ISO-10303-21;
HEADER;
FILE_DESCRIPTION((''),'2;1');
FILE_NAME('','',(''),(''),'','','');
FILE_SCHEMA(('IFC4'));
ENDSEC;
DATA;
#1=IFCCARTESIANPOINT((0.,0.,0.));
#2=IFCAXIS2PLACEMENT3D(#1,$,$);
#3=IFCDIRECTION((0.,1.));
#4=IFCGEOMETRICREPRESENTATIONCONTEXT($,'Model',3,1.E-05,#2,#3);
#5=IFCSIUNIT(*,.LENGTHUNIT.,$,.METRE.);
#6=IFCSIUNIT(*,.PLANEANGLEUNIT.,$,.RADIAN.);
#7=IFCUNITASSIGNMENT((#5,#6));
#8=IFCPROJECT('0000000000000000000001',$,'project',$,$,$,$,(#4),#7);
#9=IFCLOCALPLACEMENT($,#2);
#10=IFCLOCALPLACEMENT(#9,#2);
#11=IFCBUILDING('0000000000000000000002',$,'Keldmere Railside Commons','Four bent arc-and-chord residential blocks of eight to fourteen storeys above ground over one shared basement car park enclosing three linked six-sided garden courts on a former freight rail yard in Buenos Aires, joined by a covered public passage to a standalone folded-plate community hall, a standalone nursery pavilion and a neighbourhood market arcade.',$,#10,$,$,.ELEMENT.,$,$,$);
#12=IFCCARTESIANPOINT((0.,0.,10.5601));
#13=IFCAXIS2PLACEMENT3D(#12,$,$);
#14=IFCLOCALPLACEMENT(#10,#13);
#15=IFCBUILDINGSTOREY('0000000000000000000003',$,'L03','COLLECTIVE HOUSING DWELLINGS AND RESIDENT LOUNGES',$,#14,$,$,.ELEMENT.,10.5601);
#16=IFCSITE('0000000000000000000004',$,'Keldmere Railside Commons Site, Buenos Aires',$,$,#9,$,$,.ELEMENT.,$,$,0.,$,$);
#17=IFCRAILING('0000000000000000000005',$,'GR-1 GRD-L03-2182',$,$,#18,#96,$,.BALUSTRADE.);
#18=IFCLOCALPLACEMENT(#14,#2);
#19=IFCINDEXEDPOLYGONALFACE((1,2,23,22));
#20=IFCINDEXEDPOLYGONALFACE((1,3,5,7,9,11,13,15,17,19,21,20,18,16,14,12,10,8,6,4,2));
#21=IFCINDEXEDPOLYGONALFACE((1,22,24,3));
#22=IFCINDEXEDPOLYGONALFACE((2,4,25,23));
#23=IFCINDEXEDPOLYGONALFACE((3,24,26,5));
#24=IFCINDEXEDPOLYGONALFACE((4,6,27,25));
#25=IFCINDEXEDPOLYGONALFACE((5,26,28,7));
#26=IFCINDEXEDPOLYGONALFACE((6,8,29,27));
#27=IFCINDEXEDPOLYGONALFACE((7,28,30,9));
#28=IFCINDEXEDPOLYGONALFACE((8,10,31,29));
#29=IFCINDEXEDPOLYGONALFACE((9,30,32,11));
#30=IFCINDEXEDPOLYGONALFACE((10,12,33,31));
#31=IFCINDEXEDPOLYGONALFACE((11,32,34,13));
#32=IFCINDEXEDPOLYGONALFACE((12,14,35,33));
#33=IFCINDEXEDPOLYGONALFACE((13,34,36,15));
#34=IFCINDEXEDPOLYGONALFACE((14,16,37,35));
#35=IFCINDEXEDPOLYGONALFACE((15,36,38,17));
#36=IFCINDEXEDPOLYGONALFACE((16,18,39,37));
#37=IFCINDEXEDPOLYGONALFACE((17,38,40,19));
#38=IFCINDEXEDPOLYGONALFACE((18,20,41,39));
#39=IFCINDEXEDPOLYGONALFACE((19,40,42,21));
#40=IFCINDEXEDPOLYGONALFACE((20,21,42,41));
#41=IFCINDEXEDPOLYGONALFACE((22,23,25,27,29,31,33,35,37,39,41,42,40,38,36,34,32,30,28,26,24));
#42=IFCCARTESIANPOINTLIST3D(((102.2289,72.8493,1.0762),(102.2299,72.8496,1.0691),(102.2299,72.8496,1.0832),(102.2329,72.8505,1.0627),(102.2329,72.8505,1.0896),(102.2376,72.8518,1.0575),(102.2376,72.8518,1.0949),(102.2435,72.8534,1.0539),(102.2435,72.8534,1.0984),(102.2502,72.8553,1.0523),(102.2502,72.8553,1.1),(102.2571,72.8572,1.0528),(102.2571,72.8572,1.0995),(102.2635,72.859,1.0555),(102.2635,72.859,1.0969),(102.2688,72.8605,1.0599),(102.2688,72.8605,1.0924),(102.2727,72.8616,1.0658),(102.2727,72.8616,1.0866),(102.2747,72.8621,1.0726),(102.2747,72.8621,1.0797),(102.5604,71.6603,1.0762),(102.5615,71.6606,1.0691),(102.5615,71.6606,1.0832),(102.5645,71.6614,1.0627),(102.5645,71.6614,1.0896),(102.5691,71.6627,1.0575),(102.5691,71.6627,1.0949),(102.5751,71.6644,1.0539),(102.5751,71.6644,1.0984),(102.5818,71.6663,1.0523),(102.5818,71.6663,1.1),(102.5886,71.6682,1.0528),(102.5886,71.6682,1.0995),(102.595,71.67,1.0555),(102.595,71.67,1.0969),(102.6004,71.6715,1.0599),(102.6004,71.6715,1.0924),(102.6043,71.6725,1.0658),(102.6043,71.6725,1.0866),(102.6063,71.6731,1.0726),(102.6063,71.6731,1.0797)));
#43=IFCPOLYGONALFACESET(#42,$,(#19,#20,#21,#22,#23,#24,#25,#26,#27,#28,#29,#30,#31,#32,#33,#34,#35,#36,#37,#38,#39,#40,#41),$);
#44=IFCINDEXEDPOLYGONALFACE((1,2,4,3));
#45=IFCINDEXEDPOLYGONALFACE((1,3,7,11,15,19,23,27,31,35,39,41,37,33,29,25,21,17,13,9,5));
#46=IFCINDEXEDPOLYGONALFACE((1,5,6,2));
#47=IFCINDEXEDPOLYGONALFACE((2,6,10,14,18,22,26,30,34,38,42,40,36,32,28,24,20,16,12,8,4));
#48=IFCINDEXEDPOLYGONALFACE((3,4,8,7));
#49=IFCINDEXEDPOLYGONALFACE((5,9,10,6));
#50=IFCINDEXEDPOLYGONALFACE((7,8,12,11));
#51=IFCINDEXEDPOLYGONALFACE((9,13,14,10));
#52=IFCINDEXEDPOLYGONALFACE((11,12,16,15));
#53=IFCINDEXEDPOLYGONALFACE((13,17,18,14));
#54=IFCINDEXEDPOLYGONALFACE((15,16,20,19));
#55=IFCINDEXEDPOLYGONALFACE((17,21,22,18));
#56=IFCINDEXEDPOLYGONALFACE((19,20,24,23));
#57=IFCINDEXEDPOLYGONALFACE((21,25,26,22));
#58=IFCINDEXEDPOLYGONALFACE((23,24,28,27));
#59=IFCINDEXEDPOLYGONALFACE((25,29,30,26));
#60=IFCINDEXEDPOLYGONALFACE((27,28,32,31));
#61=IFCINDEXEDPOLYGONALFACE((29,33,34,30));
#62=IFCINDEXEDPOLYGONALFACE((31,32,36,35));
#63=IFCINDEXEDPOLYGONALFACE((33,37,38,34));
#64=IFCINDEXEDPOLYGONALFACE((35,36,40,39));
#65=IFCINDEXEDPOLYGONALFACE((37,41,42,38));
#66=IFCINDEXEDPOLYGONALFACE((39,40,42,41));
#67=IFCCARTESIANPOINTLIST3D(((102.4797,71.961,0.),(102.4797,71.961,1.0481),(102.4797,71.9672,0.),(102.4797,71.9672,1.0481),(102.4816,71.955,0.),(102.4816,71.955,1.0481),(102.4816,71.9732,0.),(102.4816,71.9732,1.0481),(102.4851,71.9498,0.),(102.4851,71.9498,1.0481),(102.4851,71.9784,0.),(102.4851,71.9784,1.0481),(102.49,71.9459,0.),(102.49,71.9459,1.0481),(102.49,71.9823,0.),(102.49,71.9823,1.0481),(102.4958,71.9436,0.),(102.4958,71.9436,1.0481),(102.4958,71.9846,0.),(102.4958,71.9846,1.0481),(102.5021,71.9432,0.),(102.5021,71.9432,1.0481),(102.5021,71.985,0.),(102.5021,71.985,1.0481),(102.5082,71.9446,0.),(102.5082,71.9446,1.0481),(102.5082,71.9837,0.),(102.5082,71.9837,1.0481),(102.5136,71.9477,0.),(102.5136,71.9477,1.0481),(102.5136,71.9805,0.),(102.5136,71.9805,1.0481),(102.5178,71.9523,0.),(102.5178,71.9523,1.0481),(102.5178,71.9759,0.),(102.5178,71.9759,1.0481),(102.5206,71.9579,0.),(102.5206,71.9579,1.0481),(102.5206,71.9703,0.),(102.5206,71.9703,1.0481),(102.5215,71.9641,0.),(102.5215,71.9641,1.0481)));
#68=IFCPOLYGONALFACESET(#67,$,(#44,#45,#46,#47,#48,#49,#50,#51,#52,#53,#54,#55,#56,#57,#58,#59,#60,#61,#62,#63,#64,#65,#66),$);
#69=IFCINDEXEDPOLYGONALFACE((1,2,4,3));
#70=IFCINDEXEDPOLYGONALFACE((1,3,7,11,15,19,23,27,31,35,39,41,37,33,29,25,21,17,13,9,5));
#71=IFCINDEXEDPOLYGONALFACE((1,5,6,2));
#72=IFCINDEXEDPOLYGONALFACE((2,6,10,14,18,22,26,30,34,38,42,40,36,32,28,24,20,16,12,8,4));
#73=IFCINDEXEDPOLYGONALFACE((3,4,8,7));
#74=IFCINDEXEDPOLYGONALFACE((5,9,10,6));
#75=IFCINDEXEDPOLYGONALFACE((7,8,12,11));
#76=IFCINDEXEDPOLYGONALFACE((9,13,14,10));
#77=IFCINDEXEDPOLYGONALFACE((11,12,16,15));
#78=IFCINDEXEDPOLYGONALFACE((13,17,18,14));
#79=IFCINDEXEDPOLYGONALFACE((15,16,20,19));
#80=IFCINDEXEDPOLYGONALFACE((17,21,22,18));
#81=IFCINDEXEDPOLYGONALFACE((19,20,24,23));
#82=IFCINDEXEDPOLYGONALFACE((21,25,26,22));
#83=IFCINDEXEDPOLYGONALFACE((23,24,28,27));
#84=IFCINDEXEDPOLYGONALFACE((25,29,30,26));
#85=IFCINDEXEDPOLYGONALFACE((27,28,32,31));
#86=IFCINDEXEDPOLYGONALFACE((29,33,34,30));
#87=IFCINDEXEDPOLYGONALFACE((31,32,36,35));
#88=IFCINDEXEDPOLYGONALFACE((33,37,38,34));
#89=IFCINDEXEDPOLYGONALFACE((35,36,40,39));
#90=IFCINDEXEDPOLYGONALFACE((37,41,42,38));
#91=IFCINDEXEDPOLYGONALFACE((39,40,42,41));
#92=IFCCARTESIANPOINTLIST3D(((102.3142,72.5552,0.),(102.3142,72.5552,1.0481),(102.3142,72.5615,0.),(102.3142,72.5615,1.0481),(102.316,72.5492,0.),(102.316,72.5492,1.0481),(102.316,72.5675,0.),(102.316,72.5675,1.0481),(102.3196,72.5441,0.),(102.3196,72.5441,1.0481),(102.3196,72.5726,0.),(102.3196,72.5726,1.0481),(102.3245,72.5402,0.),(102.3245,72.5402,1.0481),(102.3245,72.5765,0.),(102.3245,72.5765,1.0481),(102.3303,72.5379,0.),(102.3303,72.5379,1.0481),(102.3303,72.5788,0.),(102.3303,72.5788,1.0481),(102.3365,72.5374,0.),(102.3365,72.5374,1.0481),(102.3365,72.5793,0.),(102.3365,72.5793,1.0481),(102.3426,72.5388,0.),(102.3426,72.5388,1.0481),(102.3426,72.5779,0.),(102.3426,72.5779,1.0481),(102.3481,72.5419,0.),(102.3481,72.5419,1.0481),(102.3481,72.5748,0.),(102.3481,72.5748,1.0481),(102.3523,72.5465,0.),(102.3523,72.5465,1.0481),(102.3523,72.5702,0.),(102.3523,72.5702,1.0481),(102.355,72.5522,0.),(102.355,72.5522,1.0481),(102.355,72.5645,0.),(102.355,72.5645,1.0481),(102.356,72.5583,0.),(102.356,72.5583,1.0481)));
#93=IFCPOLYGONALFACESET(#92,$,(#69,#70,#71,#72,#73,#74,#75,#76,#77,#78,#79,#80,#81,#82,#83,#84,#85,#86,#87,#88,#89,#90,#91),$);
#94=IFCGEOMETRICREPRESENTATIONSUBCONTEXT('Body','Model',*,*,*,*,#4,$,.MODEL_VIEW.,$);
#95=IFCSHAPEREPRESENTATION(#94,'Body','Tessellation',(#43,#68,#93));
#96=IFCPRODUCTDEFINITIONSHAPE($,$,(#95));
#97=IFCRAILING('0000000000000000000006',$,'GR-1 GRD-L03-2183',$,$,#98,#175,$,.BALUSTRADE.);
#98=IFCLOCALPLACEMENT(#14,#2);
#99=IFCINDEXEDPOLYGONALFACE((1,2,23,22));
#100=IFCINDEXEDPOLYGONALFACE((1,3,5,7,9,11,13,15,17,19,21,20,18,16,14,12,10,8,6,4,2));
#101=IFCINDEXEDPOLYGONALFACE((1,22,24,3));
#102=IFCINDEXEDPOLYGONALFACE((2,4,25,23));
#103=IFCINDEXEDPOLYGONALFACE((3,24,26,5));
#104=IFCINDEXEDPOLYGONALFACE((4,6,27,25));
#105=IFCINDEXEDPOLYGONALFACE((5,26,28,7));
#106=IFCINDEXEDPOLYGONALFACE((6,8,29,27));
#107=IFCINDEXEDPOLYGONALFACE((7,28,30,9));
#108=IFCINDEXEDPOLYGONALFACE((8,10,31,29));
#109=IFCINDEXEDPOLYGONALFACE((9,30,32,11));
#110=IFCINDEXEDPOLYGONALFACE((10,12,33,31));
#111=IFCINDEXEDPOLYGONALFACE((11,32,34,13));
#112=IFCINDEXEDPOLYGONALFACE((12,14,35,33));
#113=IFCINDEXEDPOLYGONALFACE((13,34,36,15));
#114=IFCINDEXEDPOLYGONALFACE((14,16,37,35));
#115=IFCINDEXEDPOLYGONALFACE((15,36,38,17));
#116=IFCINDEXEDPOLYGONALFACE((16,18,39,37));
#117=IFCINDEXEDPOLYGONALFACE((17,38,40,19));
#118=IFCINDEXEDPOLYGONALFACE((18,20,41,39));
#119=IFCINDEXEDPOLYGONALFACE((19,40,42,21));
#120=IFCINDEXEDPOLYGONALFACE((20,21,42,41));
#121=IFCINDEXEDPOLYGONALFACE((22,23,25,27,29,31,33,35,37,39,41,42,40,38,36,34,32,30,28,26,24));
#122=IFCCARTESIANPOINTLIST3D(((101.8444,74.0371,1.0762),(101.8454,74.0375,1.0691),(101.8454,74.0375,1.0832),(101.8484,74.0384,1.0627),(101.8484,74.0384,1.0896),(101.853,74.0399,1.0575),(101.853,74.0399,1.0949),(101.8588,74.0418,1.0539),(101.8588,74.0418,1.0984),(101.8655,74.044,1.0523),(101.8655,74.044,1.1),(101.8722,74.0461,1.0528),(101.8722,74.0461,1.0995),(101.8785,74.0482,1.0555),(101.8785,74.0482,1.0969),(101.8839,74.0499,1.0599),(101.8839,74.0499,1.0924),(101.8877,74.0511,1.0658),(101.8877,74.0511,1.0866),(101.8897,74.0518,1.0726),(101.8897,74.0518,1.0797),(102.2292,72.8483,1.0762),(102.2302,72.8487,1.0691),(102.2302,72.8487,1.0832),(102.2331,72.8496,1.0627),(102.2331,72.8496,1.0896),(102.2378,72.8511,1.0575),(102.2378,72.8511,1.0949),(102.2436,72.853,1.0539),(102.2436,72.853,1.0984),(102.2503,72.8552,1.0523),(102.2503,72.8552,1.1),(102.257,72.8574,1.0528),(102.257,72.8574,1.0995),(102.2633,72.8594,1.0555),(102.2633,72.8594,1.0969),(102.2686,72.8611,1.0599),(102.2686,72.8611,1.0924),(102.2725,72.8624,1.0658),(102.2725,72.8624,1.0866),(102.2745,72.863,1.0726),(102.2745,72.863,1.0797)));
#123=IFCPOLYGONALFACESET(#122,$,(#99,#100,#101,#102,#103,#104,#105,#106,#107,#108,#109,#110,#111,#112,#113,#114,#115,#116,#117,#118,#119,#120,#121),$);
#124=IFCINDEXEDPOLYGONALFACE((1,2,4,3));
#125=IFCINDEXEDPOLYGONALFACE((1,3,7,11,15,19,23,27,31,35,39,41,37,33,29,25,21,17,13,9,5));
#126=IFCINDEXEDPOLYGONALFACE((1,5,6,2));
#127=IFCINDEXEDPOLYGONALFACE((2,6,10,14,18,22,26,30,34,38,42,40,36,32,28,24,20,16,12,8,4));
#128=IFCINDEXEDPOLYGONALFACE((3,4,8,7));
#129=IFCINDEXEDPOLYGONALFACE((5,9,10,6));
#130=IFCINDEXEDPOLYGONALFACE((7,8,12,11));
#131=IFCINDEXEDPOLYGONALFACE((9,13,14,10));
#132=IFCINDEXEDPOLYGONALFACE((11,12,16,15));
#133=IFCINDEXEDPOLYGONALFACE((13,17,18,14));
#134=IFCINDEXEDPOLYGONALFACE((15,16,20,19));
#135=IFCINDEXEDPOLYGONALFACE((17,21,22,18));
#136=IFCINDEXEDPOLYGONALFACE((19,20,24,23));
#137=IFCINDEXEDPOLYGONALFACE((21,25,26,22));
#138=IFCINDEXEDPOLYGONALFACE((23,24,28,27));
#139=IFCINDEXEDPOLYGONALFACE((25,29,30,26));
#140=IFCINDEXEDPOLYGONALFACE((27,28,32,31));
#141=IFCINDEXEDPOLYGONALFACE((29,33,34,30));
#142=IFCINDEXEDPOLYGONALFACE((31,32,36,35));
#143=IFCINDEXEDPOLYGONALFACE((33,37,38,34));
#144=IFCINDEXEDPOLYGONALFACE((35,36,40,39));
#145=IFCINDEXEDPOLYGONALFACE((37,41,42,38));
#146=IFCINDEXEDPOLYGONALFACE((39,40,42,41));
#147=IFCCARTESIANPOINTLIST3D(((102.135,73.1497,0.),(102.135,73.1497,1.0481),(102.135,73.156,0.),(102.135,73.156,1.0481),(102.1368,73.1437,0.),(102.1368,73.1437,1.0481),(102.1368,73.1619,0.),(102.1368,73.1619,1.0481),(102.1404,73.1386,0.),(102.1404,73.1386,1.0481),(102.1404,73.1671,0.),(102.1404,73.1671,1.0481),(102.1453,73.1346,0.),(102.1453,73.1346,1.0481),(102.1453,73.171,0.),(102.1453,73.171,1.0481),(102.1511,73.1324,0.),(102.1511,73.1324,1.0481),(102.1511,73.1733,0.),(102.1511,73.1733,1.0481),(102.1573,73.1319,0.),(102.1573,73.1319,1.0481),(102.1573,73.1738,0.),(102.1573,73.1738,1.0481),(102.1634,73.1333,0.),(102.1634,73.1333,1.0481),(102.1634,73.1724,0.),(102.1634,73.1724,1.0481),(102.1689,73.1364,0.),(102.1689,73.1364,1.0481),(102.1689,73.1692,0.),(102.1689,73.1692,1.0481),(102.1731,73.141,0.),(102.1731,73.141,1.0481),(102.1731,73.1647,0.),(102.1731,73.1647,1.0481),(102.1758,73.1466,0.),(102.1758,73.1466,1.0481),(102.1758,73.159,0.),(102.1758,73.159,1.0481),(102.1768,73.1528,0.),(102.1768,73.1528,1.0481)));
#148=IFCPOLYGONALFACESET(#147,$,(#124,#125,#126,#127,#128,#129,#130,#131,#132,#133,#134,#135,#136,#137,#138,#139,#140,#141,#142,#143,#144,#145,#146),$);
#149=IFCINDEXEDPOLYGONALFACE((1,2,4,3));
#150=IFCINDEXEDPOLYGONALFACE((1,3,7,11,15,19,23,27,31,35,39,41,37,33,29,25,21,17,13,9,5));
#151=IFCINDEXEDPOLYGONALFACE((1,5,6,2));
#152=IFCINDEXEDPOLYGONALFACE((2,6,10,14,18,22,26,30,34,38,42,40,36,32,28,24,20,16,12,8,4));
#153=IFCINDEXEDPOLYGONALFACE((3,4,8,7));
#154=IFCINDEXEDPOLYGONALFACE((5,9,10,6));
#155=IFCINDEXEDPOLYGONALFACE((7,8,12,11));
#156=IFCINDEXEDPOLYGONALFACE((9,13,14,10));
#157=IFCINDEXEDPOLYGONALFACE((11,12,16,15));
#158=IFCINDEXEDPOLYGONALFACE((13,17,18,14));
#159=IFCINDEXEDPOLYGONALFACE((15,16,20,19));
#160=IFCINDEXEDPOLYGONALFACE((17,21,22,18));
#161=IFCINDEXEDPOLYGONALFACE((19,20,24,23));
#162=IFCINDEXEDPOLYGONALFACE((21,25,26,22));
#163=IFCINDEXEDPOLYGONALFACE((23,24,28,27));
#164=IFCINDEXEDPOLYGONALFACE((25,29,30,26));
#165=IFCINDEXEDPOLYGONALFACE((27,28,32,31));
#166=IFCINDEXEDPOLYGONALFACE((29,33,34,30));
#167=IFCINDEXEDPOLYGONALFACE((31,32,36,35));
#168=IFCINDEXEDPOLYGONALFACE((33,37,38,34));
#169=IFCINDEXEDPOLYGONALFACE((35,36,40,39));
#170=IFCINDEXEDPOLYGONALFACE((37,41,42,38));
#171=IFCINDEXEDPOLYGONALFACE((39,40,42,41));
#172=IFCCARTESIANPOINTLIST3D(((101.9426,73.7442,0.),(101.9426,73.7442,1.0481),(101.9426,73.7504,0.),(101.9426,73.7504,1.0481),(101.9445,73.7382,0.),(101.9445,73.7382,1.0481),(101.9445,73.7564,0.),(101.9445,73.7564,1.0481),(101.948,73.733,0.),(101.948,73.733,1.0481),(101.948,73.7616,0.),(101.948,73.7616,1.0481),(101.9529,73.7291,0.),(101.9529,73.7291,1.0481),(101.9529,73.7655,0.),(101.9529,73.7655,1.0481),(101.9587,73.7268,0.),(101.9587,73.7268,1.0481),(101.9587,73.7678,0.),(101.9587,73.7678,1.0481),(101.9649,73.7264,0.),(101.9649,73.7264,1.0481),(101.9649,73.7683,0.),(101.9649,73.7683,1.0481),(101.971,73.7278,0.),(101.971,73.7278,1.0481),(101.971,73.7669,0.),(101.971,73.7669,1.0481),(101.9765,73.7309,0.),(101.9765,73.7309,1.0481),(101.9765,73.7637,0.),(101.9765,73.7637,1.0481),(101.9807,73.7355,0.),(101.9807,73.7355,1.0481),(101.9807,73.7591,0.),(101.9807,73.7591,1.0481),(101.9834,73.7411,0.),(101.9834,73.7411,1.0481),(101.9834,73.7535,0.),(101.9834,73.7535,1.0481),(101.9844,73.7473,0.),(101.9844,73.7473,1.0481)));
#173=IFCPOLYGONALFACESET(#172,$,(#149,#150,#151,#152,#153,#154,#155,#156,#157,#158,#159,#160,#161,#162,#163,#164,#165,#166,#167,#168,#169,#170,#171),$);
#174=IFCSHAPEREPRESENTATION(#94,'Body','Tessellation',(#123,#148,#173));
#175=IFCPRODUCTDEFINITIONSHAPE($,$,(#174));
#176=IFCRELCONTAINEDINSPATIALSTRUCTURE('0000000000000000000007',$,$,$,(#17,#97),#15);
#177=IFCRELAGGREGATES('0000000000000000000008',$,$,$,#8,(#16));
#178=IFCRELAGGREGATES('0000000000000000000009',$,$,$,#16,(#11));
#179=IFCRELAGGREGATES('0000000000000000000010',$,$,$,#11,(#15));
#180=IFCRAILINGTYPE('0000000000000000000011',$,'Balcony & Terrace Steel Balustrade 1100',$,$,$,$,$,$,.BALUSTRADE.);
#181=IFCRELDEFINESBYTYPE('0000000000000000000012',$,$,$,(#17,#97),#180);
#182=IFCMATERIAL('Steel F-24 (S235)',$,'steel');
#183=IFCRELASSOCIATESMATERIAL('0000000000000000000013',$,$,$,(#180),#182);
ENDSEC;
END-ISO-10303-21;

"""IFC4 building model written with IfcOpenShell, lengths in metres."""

from ifc_helpers import new_model, si_unit, direction, frame, origin, origin_2d, place, context, subcontext, project, spatial, circle, extrude, material, type_object, element, save


model = new_model("IFC4")

# Units and contexts
model_context = context("Model", 3, precision=1e-05, world=origin(), true_north=direction((0.0, 1.0)))
body_context = subcontext(model_context, "Body", "Model", "MODEL_VIEW")
ifc_project = project(units=[si_unit("LENGTHUNIT", "METRE"), si_unit("PLANEANGLEUNIT", "RADIAN")], contexts=[model_context])

# Site, building, storey
site_placement = place(None, origin())
site = spatial("IfcSite", under=ifc_project, at=site_placement, Name="Keldmere Railside Commons Site, Buenos Aires", CompositionType="ELEMENT", RefElevation=0.0)
building_placement = place(site_placement, origin())
building = spatial("IfcBuilding", under=site, at=building_placement, Name="Keldmere Railside Commons", Description="Four bent arc-and-chord residential blocks of eight to fourteen storeys above ground over one shared basement car park enclosing three linked six-sided garden courts on a former freight rail yard in Buenos Aires, joined by a covered public passage to a standalone folded-plate community hall, a standalone nursery pavilion and a neighbourhood market arcade.", CompositionType="ELEMENT")
storey_placement = place(building_placement, frame((0.0, 0.0, 10.5601)))
storey = spatial("IfcBuildingStorey", under=building, at=storey_placement, Name="L03", Description="COLLECTIVE HOUSING DWELLINGS AND RESIDENT LOUNGES", CompositionType="ELEMENT", Elevation=10.5601)

# Railings
ifc_material_1 = material(Name="Steel F-24 (S235)", Category="steel")
railing_type_1 = type_object("IfcRailingType", Name="Balcony & Terrace Steel Balustrade 1100", PredefinedType="BALUSTRADE", material=ifc_material_1)
railing_1_placement = place(storey_placement, frame((102.5835, 71.6667, 0.0)))
element("IfcRailing", 1, at=railing_1_placement, inside=storey, type_object=railing_type_1, Name="GR-1 GRD-L03-2182", PredefinedType="BALUSTRADE", context=body_context, shape_type="SweptSolid", body=[
    extrude(circle(Radius=0.0239, at=origin_2d()), frame((0.0, 0.0, 1.0762), z_axis=(-0.268603, 0.963251, 0.0), x_axis=(-0.963251, -0.268603, 0.0)), (0.0, 0.0, 1.0), 1.2344),
    extrude(circle(Radius=0.021, at=origin_2d()), frame((-0.083, 0.2974, 0.0)), (0.0, 0.0, 1.0), 1.0481),
    extrude(circle(Radius=0.021, at=origin_2d()), frame((-0.2485, 0.8916, 0.0)), (0.0, 0.0, 1.0), 1.0481),
])
railing_2_placement = place(storey_placement, frame((102.252, 72.8557, 0.0)))
element("IfcRailing", 2, at=railing_2_placement, inside=storey, type_object=railing_type_1, Name="GR-1 GRD-L03-2183", PredefinedType="BALUSTRADE", context=body_context, shape_type="SweptSolid", body=[
    extrude(circle(Radius=0.0239, at=origin_2d()), frame((0.0, 0.0, 1.0762), z_axis=(-0.30795, 0.951402, 0.0), x_axis=(-0.951402, -0.30795, 0.0)), (0.0, 0.0, 1.0), 1.2495),
    extrude(circle(Radius=0.021, at=origin_2d()), frame((-0.0962, 0.2971, 0.0)), (0.0, 0.0, 1.0), 1.0481),
    extrude(circle(Radius=0.021, at=origin_2d()), frame((-0.2886, 0.8916, 0.0)), (0.0, 0.0, 1.0), 1.0481),
])

save(model, "model.ifc")
